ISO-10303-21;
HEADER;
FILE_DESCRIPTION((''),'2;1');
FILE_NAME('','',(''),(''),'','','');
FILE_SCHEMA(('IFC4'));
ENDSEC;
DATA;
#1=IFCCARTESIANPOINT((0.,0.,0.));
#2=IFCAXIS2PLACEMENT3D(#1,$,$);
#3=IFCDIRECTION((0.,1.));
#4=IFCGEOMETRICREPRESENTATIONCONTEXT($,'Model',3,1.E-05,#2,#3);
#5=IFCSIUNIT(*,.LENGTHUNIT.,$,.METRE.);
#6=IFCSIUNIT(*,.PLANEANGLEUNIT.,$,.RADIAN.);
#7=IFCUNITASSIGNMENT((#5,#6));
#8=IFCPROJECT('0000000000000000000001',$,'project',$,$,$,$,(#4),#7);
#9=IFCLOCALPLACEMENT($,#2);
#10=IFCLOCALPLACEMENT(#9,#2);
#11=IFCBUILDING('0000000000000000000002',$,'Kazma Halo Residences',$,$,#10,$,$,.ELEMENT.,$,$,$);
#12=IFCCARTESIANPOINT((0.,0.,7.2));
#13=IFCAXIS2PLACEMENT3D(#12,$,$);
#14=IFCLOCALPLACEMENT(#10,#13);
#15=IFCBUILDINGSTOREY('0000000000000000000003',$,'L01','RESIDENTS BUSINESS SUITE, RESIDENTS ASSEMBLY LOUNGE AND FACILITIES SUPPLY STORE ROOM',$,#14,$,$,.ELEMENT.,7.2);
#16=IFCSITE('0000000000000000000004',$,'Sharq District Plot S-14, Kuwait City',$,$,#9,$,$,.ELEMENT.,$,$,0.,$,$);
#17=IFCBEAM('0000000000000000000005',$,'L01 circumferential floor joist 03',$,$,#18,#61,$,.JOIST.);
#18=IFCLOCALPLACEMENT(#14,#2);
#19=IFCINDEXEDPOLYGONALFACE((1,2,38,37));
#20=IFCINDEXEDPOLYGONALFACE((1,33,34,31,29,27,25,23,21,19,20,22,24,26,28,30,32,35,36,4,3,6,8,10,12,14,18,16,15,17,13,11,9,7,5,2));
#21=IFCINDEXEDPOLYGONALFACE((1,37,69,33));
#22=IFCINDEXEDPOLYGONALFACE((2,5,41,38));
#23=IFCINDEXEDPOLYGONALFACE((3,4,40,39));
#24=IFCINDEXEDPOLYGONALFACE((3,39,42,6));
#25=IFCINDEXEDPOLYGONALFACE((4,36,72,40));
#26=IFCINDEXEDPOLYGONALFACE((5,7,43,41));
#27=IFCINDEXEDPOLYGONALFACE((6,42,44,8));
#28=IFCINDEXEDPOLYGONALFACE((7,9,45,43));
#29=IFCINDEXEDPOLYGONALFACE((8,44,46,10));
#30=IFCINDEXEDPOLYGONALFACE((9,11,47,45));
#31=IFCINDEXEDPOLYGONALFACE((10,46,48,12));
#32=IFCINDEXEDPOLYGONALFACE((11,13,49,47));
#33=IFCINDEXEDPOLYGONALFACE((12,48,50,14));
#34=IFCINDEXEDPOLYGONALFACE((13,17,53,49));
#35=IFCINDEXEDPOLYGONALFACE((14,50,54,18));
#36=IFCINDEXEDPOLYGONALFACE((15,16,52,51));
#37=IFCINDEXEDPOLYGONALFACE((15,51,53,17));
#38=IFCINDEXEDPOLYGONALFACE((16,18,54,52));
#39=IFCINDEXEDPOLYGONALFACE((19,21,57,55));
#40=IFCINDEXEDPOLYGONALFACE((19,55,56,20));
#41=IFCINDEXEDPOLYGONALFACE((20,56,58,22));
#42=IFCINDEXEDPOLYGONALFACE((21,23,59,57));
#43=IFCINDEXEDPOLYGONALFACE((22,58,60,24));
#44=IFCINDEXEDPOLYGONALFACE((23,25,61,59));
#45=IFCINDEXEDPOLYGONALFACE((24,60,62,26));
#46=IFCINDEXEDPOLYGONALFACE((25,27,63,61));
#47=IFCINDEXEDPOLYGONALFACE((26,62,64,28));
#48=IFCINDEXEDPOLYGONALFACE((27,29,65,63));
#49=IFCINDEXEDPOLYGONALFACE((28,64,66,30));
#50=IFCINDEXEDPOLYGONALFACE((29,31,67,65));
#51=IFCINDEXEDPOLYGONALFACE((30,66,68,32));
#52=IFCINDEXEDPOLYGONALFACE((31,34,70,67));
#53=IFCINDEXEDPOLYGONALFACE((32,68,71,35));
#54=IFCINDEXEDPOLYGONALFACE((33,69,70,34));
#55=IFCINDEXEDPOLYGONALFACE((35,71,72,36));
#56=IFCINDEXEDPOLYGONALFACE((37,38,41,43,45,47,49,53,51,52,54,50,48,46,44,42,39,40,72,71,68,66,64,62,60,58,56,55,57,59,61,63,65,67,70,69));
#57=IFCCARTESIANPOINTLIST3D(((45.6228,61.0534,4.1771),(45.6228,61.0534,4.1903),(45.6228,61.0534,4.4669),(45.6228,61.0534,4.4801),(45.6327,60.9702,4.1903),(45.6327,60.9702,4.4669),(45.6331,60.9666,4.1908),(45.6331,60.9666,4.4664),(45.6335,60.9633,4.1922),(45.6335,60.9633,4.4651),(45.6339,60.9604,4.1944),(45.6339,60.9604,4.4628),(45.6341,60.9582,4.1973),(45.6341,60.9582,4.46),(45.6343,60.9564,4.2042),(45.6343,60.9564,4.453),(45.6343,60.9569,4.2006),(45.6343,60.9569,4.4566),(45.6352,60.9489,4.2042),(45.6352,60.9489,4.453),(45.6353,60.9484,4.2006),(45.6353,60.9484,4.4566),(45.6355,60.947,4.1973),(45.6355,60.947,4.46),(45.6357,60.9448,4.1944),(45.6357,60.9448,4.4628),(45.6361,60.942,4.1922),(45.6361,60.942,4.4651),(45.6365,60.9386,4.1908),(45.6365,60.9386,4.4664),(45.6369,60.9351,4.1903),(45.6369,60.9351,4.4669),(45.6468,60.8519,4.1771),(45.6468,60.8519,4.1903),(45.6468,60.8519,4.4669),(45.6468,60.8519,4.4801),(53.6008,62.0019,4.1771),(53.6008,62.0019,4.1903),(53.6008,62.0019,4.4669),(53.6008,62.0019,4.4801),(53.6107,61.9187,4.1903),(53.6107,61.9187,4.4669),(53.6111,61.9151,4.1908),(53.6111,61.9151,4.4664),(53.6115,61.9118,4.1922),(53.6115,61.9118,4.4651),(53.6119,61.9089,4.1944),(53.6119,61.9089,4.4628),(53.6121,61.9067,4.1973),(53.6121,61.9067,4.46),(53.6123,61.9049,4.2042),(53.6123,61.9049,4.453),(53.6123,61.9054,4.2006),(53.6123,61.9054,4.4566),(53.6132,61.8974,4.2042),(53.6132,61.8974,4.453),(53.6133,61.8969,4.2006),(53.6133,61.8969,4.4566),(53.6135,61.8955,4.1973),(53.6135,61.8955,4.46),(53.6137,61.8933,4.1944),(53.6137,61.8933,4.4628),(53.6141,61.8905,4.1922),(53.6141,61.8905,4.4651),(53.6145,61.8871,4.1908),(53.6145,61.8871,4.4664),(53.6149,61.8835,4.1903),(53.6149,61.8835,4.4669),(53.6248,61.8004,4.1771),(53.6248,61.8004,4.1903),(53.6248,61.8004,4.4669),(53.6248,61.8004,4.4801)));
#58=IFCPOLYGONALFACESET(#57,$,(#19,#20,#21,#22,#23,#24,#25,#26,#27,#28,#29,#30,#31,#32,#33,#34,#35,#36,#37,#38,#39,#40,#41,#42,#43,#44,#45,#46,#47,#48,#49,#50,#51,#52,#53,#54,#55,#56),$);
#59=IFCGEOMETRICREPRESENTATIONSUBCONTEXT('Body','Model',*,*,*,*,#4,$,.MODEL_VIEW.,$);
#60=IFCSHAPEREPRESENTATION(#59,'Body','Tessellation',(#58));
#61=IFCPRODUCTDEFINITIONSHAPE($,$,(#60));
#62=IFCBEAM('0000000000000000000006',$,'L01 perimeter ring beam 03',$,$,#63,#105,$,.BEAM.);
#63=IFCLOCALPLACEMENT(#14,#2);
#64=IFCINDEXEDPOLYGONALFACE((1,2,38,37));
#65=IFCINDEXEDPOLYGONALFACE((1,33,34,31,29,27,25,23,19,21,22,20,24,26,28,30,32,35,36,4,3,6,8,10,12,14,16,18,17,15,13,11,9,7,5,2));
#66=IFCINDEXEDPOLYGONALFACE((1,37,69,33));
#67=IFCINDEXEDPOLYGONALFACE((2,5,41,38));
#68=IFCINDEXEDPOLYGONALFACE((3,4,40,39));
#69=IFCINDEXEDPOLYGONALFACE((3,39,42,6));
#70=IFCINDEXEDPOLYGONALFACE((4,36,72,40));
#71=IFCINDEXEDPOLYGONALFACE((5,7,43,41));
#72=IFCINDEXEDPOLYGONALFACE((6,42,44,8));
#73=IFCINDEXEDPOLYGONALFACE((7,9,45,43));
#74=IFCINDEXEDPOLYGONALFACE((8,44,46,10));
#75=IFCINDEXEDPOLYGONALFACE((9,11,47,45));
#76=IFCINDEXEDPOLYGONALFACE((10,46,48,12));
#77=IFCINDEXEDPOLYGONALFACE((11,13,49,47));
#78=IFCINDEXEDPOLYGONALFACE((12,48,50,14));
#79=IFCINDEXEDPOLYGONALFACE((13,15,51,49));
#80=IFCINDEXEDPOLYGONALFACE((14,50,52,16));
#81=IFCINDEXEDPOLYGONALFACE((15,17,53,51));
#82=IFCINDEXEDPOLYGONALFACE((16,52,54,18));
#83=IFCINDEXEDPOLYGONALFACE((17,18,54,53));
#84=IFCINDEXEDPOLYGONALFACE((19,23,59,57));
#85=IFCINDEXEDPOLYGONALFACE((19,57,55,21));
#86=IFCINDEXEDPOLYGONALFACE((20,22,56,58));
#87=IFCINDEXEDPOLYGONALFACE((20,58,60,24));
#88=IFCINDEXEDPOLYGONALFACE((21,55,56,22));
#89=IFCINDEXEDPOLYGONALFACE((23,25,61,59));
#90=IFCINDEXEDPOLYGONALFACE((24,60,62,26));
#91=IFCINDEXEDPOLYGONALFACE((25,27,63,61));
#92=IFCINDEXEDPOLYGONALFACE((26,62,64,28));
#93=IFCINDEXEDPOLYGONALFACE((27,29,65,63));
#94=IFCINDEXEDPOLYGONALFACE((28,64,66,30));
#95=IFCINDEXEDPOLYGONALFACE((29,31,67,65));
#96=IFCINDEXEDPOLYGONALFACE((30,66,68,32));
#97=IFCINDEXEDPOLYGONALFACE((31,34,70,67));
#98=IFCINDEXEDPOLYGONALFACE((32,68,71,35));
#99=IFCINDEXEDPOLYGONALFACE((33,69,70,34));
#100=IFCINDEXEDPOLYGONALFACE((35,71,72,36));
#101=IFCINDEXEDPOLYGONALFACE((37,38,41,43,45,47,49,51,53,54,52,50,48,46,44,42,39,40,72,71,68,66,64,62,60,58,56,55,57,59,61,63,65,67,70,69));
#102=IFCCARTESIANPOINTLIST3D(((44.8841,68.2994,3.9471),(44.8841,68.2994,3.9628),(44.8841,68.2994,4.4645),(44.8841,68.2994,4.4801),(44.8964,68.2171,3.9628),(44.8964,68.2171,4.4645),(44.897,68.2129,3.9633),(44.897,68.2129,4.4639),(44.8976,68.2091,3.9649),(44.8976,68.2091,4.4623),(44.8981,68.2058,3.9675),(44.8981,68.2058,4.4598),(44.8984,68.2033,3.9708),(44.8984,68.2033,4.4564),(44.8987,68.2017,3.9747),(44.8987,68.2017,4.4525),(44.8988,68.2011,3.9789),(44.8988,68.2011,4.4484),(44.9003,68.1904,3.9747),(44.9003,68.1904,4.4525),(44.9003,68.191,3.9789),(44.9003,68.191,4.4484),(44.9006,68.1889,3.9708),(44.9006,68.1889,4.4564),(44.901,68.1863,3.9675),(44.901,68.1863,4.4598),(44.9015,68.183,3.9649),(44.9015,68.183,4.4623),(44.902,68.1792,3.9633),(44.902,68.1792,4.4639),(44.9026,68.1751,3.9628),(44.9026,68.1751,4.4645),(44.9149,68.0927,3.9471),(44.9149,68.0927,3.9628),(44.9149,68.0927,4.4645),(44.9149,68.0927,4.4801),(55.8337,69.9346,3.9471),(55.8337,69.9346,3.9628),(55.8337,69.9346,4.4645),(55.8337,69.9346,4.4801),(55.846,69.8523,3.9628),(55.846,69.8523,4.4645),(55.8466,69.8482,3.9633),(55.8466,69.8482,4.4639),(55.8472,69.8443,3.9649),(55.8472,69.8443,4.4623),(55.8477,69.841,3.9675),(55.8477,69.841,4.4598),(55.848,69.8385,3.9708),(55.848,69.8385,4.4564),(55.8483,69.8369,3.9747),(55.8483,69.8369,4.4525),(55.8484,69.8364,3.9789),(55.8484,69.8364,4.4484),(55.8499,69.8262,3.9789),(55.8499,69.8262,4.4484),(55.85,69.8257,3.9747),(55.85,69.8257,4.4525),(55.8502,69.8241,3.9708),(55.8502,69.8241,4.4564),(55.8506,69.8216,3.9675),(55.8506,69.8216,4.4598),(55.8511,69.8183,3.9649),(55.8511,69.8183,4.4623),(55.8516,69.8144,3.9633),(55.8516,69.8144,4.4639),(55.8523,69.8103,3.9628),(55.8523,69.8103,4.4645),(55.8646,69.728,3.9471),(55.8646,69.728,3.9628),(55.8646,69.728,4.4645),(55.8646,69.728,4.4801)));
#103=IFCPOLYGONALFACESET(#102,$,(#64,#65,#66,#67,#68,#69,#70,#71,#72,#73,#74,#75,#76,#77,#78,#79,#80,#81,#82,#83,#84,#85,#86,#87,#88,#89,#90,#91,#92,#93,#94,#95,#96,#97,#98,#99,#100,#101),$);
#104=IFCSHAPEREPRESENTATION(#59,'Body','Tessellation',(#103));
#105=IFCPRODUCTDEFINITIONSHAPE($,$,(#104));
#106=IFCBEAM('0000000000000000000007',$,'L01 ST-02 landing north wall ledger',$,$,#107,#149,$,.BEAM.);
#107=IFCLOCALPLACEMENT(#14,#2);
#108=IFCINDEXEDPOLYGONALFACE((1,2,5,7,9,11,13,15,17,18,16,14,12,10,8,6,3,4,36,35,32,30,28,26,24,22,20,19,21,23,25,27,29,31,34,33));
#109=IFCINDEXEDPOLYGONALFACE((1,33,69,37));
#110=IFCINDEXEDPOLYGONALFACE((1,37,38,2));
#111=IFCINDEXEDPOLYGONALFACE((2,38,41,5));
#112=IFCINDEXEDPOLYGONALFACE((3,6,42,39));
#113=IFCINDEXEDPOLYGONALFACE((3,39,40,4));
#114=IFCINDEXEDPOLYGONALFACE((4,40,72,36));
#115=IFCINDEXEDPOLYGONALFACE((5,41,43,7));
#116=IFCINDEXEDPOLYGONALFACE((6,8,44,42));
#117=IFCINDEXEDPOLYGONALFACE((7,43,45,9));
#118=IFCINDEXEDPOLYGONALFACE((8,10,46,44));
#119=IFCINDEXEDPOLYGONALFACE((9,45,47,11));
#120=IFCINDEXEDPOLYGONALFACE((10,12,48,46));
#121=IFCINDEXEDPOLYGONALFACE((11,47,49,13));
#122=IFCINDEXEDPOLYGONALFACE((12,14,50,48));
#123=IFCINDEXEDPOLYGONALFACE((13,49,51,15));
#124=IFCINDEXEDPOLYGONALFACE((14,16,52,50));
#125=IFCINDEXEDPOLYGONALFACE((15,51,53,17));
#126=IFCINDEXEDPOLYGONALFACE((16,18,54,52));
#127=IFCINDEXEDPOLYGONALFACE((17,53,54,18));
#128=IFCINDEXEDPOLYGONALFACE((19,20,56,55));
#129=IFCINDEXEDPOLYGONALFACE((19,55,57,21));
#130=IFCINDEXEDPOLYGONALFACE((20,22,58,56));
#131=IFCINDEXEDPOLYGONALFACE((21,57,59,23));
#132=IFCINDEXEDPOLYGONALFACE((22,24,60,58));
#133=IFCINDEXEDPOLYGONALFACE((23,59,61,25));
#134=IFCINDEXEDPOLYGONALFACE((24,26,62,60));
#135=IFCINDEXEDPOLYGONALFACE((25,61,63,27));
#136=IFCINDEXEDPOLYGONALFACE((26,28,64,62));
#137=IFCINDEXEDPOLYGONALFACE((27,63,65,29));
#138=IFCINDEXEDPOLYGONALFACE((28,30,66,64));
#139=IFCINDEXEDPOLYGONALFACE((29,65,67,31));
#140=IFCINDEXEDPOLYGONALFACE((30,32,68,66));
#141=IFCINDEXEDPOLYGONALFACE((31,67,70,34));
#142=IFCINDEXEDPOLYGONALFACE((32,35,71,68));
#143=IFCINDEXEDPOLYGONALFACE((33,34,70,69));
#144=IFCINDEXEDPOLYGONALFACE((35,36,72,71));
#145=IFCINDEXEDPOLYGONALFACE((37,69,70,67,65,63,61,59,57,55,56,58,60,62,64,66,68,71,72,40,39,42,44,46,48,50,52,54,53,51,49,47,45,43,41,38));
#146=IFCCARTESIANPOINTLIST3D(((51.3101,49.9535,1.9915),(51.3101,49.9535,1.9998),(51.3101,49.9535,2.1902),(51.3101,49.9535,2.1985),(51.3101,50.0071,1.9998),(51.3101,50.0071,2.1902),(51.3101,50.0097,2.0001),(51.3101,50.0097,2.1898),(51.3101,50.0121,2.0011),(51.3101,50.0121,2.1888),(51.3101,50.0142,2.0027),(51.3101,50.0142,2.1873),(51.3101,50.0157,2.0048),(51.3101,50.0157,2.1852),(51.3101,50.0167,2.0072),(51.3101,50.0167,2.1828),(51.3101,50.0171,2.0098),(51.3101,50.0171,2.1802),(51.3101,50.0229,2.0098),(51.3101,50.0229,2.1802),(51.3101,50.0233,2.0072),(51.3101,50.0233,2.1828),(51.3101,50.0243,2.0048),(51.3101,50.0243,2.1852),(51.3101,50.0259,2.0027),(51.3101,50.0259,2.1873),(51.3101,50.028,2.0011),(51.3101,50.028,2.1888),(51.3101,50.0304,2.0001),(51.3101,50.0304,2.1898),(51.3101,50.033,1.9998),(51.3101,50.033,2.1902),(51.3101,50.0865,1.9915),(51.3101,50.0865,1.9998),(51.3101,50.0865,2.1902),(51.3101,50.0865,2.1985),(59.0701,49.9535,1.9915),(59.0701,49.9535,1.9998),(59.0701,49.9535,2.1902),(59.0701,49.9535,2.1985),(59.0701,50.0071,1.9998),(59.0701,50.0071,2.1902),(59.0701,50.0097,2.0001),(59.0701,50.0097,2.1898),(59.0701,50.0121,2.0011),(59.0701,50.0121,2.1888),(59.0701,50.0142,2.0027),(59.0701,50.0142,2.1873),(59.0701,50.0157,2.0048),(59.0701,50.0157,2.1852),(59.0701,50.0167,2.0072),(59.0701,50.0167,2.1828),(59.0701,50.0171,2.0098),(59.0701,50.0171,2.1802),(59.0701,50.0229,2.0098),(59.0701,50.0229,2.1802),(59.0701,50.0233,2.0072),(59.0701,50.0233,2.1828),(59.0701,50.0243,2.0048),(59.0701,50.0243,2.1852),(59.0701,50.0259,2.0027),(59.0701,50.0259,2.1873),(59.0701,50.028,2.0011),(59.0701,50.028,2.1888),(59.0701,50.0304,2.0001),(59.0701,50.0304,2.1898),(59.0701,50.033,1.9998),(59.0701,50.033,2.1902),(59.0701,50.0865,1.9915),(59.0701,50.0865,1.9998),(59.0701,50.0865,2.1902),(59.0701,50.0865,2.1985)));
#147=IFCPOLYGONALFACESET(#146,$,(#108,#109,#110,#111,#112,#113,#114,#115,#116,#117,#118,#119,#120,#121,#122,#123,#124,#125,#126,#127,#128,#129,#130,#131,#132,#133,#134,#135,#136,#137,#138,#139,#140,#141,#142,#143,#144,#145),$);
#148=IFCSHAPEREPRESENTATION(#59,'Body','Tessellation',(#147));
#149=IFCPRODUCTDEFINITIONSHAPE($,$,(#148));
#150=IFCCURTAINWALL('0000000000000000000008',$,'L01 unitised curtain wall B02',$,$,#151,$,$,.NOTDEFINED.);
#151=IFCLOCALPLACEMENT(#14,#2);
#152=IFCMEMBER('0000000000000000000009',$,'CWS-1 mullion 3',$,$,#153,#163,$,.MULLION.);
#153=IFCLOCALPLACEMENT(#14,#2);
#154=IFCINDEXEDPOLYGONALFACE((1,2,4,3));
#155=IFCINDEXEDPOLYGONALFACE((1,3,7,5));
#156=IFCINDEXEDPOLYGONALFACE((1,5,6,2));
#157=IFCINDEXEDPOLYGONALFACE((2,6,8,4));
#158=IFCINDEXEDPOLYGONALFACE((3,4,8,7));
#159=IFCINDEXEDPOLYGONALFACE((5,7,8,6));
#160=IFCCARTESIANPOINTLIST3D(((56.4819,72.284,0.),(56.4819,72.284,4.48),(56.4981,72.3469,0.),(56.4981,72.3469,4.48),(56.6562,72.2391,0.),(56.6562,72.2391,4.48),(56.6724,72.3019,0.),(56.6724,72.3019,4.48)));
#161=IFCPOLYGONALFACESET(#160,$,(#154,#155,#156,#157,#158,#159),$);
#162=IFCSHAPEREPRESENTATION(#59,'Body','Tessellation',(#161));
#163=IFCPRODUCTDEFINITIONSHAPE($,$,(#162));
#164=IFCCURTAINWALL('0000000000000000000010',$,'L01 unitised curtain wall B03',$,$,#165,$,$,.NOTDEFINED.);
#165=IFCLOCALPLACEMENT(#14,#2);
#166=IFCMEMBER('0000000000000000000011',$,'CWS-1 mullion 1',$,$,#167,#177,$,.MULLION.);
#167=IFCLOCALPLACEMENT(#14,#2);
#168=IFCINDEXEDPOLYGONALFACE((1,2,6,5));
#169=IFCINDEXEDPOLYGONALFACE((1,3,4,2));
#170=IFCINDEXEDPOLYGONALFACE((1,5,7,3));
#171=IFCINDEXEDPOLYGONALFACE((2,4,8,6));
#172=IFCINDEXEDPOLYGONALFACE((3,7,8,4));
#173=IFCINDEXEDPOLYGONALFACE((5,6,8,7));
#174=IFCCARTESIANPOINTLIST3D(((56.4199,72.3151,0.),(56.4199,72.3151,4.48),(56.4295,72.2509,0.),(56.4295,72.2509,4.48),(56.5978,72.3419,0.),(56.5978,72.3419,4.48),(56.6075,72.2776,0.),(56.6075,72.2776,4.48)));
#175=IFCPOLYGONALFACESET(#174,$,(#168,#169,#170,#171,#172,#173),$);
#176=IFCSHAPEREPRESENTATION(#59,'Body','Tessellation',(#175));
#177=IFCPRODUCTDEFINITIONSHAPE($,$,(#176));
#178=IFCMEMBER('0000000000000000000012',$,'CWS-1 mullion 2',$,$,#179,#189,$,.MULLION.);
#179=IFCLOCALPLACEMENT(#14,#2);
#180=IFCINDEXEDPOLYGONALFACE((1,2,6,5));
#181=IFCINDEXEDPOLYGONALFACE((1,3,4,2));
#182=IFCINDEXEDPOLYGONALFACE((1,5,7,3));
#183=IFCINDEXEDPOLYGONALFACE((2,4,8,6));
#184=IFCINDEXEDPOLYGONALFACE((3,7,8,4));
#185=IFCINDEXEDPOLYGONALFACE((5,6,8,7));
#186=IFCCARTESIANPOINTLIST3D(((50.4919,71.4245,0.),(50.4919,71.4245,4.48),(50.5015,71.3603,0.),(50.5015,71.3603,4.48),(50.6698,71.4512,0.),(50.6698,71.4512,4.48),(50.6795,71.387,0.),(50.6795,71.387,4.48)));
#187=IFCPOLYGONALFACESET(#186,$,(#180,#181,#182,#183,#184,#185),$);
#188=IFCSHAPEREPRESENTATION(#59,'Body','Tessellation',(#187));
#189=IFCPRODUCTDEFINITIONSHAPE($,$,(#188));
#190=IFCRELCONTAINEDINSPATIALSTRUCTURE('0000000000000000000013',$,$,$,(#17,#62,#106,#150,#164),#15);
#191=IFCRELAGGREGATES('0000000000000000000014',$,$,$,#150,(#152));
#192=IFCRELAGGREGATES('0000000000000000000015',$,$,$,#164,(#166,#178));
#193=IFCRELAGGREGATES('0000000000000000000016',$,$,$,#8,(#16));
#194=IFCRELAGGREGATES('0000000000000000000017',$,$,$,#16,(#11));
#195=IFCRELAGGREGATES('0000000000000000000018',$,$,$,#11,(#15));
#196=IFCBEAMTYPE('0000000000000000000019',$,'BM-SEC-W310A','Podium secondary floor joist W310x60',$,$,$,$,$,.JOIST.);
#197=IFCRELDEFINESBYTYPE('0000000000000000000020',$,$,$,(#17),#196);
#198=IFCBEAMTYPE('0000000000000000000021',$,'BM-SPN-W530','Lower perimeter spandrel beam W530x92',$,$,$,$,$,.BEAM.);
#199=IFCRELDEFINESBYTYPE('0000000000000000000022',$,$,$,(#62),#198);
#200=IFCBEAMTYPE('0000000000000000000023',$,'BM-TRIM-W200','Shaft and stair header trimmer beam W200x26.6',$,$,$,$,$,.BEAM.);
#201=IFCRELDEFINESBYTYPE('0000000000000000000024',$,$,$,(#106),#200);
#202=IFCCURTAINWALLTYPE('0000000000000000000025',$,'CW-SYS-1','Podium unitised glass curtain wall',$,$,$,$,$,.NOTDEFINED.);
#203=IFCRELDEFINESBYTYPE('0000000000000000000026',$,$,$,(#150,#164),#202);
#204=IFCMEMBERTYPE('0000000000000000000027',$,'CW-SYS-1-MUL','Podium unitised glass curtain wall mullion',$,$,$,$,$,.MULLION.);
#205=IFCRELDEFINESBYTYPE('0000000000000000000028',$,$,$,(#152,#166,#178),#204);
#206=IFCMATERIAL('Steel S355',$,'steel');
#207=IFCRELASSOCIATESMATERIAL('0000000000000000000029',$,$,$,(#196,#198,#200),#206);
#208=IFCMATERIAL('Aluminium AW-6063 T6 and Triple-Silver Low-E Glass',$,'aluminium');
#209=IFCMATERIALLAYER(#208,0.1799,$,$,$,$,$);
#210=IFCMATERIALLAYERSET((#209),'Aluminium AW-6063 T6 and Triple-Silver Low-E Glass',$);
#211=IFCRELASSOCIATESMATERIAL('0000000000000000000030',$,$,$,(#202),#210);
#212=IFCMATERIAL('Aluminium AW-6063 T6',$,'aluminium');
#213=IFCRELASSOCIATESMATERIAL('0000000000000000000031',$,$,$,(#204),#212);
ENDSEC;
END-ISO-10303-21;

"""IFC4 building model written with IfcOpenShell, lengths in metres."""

from ifc_helpers import new_model, si_unit, direction, frame, origin, origin_2d, place, context, subcontext, project, spatial, rectangle, i_section, extrude, material, layer, layer_set, material_profile, profile_set, type_object, element, aggregate, save


model = new_model("IFC4")

# Units and contexts
model_context = context("Model", 3, precision=1e-05, world=origin(), true_north=direction((0.0, 1.0)))
body_context = subcontext(model_context, "Body", "Model", "MODEL_VIEW")
ifc_project = project(units=[si_unit("LENGTHUNIT", "METRE"), si_unit("PLANEANGLEUNIT", "RADIAN")], contexts=[model_context])

# Site, building, storey
site_placement = place(None, origin())
site = spatial("IfcSite", under=ifc_project, at=site_placement, Name="Sharq District Plot S-14, Kuwait City", CompositionType="ELEMENT", RefElevation=0.0)
building_placement = place(site_placement, origin())
building = spatial("IfcBuilding", under=site, at=building_placement, Name="Kazma Halo Residences", CompositionType="ELEMENT")
storey_placement = place(building_placement, frame((0.0, 0.0, 7.2)))
storey = spatial("IfcBuildingStorey", under=building, at=storey_placement, Name="L01", Description="RESIDENTS BUSINESS SUITE, RESIDENTS ASSEMBLY LOUNGE AND FACILITIES SUPPLY STORE ROOM", CompositionType="ELEMENT", Elevation=7.2)

# Beams
ifc_material_1 = material(Name="Steel S355", Category="steel")
ifc_material_profile_1 = material_profile(ifc_material_1, i_section(OverallWidth=0.2029, OverallDepth=0.303, WebThickness=0.0076, FlangeThickness=0.0132, FilletRadius=0.0139, at=origin_2d()), Name="W310x60")
ifc_profile_set_1 = profile_set([ifc_material_profile_1], Name="Steel S355")
beam_type_1 = type_object("IfcBeamType", Name="BM-SEC-W310A", Description="Podium secondary floor joist W310x60", PredefinedType="JOIST", material=ifc_profile_set_1)
beam_1_placement = place(storey_placement, frame((53.6128, 61.9011, 4.3286), z_axis=(-0.993007, -0.118056, 0.0), x_axis=(0.118056, -0.993007, 0.0)))
element("IfcBeam", 1, at=beam_1_placement, inside=storey, type_object=beam_type_1, Name="L01 circumferential floor joist 03", PredefinedType="JOIST", context=body_context, shape_type="SweptSolid", body=[
    extrude(i_section(OverallWidth=0.2029, OverallDepth=0.303, WebThickness=0.0076, FlangeThickness=0.0132, FilletRadius=0.0139, at=origin_2d()), origin(), (0.0, 0.0, 1.0), 8.0342),
])
ifc_material_profile_2 = material_profile(ifc_material_1, i_section(OverallWidth=0.209, OverallDepth=0.533, WebThickness=0.0103, FlangeThickness=0.0156, FilletRadius=0.0161, at=origin_2d()), Name="W530x92")
ifc_profile_set_2 = profile_set([ifc_material_profile_2], Name="Steel S355")
beam_type_2 = type_object("IfcBeamType", Name="BM-SPN-W530", Description="Lower perimeter spandrel beam W530x92", PredefinedType="BEAM", material=ifc_profile_set_2)
beam_2_placement = place(storey_placement, frame((55.8491, 69.8313, 4.2136), z_axis=(-0.989032, -0.147704, 0.0), x_axis=(0.147704, -0.989032, 0.0)))
element("IfcBeam", 2, at=beam_2_placement, inside=storey, type_object=beam_type_2, Name="L01 perimeter ring beam 03", PredefinedType="BEAM", context=body_context, shape_type="SweptSolid", body=[
    extrude(i_section(OverallWidth=0.209, OverallDepth=0.533, WebThickness=0.0103, FlangeThickness=0.0156, FilletRadius=0.0161, at=origin_2d()), origin(), (0.0, 0.0, 1.0), 11.071),
])
ifc_material_profile_3 = material_profile(ifc_material_1, i_section(OverallWidth=0.1331, OverallDepth=0.207, WebThickness=0.0059, FlangeThickness=0.0083, FilletRadius=0.01, at=origin_2d()), Name="W200x26.6")
ifc_profile_set_3 = profile_set([ifc_material_profile_3], Name="Steel S355")
beam_type_3 = type_object("IfcBeamType", Name="BM-TRIM-W200", Description="Shaft and stair header trimmer beam W200x26.6", PredefinedType="BEAM", material=ifc_profile_set_3)
beam_3_placement = place(storey_placement, frame((51.3101, 50.02, 2.095), z_axis=(1.0, 0.0, 0.0), x_axis=(0.0, 1.0, 0.0)))
element("IfcBeam", 3, at=beam_3_placement, inside=storey, type_object=beam_type_3, Name="L01 ST-02 landing north wall ledger", PredefinedType="BEAM", context=body_context, shape_type="SweptSolid", body=[
    extrude(i_section(OverallWidth=0.1331, OverallDepth=0.207, WebThickness=0.0059, FlangeThickness=0.0083, FilletRadius=0.01, at=origin_2d()), origin(), (0.0, 0.0, 1.0), 7.76),
])

# Curtain wall, member
ifc_material_2 = material(Name="Aluminium AW-6063 T6 and Triple-Silver Low-E Glass", Category="aluminium")
ifc_layer_1 = layer(ifc_material_2, 0.1799)
ifc_layer_set_1 = layer_set([ifc_layer_1], Name="Aluminium AW-6063 T6 and Triple-Silver Low-E Glass")
curtain_wall_type = type_object("IfcCurtainWallType", Name="CW-SYS-1", Description="Podium unitised glass curtain wall", PredefinedType="NOTDEFINED", material=ifc_layer_set_1)
curtain_wall_1_placement = place(storey_placement, origin())
curtain_wall_1 = element("IfcCurtainWall", 4, at=curtain_wall_1_placement, inside=storey, type_object=curtain_wall_type, Name="L01 unitised curtain wall B02", PredefinedType="NOTDEFINED")
ifc_material_3 = material(Name="Aluminium AW-6063 T6", Category="aluminium")
ifc_material_profile_4 = material_profile(ifc_material_3, rectangle(XDim=0.0649, YDim=0.1799, at=origin_2d()), Name="CWM-65x180")
ifc_profile_set_4 = profile_set([ifc_material_profile_4], Name="Aluminium AW-6063 T6")
member_type_1 = type_object("IfcMemberType", Name="CW-SYS-1-MUL", Description="Podium unitised glass curtain wall mullion", PredefinedType="MULLION", material=ifc_profile_set_4)
member_1_placement = place(storey_placement, frame((56.5771, 72.293, 0.0), z_axis=(0.0, 0.0, 1.0), x_axis=(-0.249727, -0.968316, 0.0)))
member_1 = element("IfcMember", 5, at=member_1_placement, type_object=member_type_1, Name="CWS-1 mullion 3", PredefinedType="MULLION", context=body_context, shape_type="SweptSolid", body=[
    extrude(rectangle(XDim=0.0649, YDim=0.1799, at=origin_2d()), origin(), (0.0, 0.0, 1.0), 4.48),
])

# Curtain wall, members
curtain_wall_2_placement = place(storey_placement, origin())
curtain_wall_2 = element("IfcCurtainWall", 6, at=curtain_wall_2_placement, inside=storey, type_object=curtain_wall_type, Name="L01 unitised curtain wall B03", PredefinedType="NOTDEFINED")
member_2_placement = place(storey_placement, frame((56.5137, 72.2964, 0.0), z_axis=(0.0, 0.0, 1.0), x_axis=(0.148549, -0.988905, 0.0)))
member_2 = element("IfcMember", 7, at=member_2_placement, type_object=member_type_1, Name="CWS-1 mullion 1", PredefinedType="MULLION", context=body_context, shape_type="SweptSolid", body=[
    extrude(rectangle(XDim=0.0649, YDim=0.1799, at=origin_2d()), origin(), (0.0, 0.0, 1.0), 4.48),
])
member_3_placement = place(storey_placement, frame((50.5857, 71.4058, 0.0), z_axis=(0.0, 0.0, 1.0), x_axis=(0.148549, -0.988905, 0.0)))
member_3 = element("IfcMember", 8, at=member_3_placement, type_object=member_type_1, Name="CWS-1 mullion 2", PredefinedType="MULLION", context=body_context, shape_type="SweptSolid", body=[
    extrude(rectangle(XDim=0.0649, YDim=0.1799, at=origin_2d()), origin(), (0.0, 0.0, 1.0), 4.48),
])

aggregate(curtain_wall_1, [member_1])
aggregate(curtain_wall_2, [member_2, member_3])

save(model, "model.ifc")
